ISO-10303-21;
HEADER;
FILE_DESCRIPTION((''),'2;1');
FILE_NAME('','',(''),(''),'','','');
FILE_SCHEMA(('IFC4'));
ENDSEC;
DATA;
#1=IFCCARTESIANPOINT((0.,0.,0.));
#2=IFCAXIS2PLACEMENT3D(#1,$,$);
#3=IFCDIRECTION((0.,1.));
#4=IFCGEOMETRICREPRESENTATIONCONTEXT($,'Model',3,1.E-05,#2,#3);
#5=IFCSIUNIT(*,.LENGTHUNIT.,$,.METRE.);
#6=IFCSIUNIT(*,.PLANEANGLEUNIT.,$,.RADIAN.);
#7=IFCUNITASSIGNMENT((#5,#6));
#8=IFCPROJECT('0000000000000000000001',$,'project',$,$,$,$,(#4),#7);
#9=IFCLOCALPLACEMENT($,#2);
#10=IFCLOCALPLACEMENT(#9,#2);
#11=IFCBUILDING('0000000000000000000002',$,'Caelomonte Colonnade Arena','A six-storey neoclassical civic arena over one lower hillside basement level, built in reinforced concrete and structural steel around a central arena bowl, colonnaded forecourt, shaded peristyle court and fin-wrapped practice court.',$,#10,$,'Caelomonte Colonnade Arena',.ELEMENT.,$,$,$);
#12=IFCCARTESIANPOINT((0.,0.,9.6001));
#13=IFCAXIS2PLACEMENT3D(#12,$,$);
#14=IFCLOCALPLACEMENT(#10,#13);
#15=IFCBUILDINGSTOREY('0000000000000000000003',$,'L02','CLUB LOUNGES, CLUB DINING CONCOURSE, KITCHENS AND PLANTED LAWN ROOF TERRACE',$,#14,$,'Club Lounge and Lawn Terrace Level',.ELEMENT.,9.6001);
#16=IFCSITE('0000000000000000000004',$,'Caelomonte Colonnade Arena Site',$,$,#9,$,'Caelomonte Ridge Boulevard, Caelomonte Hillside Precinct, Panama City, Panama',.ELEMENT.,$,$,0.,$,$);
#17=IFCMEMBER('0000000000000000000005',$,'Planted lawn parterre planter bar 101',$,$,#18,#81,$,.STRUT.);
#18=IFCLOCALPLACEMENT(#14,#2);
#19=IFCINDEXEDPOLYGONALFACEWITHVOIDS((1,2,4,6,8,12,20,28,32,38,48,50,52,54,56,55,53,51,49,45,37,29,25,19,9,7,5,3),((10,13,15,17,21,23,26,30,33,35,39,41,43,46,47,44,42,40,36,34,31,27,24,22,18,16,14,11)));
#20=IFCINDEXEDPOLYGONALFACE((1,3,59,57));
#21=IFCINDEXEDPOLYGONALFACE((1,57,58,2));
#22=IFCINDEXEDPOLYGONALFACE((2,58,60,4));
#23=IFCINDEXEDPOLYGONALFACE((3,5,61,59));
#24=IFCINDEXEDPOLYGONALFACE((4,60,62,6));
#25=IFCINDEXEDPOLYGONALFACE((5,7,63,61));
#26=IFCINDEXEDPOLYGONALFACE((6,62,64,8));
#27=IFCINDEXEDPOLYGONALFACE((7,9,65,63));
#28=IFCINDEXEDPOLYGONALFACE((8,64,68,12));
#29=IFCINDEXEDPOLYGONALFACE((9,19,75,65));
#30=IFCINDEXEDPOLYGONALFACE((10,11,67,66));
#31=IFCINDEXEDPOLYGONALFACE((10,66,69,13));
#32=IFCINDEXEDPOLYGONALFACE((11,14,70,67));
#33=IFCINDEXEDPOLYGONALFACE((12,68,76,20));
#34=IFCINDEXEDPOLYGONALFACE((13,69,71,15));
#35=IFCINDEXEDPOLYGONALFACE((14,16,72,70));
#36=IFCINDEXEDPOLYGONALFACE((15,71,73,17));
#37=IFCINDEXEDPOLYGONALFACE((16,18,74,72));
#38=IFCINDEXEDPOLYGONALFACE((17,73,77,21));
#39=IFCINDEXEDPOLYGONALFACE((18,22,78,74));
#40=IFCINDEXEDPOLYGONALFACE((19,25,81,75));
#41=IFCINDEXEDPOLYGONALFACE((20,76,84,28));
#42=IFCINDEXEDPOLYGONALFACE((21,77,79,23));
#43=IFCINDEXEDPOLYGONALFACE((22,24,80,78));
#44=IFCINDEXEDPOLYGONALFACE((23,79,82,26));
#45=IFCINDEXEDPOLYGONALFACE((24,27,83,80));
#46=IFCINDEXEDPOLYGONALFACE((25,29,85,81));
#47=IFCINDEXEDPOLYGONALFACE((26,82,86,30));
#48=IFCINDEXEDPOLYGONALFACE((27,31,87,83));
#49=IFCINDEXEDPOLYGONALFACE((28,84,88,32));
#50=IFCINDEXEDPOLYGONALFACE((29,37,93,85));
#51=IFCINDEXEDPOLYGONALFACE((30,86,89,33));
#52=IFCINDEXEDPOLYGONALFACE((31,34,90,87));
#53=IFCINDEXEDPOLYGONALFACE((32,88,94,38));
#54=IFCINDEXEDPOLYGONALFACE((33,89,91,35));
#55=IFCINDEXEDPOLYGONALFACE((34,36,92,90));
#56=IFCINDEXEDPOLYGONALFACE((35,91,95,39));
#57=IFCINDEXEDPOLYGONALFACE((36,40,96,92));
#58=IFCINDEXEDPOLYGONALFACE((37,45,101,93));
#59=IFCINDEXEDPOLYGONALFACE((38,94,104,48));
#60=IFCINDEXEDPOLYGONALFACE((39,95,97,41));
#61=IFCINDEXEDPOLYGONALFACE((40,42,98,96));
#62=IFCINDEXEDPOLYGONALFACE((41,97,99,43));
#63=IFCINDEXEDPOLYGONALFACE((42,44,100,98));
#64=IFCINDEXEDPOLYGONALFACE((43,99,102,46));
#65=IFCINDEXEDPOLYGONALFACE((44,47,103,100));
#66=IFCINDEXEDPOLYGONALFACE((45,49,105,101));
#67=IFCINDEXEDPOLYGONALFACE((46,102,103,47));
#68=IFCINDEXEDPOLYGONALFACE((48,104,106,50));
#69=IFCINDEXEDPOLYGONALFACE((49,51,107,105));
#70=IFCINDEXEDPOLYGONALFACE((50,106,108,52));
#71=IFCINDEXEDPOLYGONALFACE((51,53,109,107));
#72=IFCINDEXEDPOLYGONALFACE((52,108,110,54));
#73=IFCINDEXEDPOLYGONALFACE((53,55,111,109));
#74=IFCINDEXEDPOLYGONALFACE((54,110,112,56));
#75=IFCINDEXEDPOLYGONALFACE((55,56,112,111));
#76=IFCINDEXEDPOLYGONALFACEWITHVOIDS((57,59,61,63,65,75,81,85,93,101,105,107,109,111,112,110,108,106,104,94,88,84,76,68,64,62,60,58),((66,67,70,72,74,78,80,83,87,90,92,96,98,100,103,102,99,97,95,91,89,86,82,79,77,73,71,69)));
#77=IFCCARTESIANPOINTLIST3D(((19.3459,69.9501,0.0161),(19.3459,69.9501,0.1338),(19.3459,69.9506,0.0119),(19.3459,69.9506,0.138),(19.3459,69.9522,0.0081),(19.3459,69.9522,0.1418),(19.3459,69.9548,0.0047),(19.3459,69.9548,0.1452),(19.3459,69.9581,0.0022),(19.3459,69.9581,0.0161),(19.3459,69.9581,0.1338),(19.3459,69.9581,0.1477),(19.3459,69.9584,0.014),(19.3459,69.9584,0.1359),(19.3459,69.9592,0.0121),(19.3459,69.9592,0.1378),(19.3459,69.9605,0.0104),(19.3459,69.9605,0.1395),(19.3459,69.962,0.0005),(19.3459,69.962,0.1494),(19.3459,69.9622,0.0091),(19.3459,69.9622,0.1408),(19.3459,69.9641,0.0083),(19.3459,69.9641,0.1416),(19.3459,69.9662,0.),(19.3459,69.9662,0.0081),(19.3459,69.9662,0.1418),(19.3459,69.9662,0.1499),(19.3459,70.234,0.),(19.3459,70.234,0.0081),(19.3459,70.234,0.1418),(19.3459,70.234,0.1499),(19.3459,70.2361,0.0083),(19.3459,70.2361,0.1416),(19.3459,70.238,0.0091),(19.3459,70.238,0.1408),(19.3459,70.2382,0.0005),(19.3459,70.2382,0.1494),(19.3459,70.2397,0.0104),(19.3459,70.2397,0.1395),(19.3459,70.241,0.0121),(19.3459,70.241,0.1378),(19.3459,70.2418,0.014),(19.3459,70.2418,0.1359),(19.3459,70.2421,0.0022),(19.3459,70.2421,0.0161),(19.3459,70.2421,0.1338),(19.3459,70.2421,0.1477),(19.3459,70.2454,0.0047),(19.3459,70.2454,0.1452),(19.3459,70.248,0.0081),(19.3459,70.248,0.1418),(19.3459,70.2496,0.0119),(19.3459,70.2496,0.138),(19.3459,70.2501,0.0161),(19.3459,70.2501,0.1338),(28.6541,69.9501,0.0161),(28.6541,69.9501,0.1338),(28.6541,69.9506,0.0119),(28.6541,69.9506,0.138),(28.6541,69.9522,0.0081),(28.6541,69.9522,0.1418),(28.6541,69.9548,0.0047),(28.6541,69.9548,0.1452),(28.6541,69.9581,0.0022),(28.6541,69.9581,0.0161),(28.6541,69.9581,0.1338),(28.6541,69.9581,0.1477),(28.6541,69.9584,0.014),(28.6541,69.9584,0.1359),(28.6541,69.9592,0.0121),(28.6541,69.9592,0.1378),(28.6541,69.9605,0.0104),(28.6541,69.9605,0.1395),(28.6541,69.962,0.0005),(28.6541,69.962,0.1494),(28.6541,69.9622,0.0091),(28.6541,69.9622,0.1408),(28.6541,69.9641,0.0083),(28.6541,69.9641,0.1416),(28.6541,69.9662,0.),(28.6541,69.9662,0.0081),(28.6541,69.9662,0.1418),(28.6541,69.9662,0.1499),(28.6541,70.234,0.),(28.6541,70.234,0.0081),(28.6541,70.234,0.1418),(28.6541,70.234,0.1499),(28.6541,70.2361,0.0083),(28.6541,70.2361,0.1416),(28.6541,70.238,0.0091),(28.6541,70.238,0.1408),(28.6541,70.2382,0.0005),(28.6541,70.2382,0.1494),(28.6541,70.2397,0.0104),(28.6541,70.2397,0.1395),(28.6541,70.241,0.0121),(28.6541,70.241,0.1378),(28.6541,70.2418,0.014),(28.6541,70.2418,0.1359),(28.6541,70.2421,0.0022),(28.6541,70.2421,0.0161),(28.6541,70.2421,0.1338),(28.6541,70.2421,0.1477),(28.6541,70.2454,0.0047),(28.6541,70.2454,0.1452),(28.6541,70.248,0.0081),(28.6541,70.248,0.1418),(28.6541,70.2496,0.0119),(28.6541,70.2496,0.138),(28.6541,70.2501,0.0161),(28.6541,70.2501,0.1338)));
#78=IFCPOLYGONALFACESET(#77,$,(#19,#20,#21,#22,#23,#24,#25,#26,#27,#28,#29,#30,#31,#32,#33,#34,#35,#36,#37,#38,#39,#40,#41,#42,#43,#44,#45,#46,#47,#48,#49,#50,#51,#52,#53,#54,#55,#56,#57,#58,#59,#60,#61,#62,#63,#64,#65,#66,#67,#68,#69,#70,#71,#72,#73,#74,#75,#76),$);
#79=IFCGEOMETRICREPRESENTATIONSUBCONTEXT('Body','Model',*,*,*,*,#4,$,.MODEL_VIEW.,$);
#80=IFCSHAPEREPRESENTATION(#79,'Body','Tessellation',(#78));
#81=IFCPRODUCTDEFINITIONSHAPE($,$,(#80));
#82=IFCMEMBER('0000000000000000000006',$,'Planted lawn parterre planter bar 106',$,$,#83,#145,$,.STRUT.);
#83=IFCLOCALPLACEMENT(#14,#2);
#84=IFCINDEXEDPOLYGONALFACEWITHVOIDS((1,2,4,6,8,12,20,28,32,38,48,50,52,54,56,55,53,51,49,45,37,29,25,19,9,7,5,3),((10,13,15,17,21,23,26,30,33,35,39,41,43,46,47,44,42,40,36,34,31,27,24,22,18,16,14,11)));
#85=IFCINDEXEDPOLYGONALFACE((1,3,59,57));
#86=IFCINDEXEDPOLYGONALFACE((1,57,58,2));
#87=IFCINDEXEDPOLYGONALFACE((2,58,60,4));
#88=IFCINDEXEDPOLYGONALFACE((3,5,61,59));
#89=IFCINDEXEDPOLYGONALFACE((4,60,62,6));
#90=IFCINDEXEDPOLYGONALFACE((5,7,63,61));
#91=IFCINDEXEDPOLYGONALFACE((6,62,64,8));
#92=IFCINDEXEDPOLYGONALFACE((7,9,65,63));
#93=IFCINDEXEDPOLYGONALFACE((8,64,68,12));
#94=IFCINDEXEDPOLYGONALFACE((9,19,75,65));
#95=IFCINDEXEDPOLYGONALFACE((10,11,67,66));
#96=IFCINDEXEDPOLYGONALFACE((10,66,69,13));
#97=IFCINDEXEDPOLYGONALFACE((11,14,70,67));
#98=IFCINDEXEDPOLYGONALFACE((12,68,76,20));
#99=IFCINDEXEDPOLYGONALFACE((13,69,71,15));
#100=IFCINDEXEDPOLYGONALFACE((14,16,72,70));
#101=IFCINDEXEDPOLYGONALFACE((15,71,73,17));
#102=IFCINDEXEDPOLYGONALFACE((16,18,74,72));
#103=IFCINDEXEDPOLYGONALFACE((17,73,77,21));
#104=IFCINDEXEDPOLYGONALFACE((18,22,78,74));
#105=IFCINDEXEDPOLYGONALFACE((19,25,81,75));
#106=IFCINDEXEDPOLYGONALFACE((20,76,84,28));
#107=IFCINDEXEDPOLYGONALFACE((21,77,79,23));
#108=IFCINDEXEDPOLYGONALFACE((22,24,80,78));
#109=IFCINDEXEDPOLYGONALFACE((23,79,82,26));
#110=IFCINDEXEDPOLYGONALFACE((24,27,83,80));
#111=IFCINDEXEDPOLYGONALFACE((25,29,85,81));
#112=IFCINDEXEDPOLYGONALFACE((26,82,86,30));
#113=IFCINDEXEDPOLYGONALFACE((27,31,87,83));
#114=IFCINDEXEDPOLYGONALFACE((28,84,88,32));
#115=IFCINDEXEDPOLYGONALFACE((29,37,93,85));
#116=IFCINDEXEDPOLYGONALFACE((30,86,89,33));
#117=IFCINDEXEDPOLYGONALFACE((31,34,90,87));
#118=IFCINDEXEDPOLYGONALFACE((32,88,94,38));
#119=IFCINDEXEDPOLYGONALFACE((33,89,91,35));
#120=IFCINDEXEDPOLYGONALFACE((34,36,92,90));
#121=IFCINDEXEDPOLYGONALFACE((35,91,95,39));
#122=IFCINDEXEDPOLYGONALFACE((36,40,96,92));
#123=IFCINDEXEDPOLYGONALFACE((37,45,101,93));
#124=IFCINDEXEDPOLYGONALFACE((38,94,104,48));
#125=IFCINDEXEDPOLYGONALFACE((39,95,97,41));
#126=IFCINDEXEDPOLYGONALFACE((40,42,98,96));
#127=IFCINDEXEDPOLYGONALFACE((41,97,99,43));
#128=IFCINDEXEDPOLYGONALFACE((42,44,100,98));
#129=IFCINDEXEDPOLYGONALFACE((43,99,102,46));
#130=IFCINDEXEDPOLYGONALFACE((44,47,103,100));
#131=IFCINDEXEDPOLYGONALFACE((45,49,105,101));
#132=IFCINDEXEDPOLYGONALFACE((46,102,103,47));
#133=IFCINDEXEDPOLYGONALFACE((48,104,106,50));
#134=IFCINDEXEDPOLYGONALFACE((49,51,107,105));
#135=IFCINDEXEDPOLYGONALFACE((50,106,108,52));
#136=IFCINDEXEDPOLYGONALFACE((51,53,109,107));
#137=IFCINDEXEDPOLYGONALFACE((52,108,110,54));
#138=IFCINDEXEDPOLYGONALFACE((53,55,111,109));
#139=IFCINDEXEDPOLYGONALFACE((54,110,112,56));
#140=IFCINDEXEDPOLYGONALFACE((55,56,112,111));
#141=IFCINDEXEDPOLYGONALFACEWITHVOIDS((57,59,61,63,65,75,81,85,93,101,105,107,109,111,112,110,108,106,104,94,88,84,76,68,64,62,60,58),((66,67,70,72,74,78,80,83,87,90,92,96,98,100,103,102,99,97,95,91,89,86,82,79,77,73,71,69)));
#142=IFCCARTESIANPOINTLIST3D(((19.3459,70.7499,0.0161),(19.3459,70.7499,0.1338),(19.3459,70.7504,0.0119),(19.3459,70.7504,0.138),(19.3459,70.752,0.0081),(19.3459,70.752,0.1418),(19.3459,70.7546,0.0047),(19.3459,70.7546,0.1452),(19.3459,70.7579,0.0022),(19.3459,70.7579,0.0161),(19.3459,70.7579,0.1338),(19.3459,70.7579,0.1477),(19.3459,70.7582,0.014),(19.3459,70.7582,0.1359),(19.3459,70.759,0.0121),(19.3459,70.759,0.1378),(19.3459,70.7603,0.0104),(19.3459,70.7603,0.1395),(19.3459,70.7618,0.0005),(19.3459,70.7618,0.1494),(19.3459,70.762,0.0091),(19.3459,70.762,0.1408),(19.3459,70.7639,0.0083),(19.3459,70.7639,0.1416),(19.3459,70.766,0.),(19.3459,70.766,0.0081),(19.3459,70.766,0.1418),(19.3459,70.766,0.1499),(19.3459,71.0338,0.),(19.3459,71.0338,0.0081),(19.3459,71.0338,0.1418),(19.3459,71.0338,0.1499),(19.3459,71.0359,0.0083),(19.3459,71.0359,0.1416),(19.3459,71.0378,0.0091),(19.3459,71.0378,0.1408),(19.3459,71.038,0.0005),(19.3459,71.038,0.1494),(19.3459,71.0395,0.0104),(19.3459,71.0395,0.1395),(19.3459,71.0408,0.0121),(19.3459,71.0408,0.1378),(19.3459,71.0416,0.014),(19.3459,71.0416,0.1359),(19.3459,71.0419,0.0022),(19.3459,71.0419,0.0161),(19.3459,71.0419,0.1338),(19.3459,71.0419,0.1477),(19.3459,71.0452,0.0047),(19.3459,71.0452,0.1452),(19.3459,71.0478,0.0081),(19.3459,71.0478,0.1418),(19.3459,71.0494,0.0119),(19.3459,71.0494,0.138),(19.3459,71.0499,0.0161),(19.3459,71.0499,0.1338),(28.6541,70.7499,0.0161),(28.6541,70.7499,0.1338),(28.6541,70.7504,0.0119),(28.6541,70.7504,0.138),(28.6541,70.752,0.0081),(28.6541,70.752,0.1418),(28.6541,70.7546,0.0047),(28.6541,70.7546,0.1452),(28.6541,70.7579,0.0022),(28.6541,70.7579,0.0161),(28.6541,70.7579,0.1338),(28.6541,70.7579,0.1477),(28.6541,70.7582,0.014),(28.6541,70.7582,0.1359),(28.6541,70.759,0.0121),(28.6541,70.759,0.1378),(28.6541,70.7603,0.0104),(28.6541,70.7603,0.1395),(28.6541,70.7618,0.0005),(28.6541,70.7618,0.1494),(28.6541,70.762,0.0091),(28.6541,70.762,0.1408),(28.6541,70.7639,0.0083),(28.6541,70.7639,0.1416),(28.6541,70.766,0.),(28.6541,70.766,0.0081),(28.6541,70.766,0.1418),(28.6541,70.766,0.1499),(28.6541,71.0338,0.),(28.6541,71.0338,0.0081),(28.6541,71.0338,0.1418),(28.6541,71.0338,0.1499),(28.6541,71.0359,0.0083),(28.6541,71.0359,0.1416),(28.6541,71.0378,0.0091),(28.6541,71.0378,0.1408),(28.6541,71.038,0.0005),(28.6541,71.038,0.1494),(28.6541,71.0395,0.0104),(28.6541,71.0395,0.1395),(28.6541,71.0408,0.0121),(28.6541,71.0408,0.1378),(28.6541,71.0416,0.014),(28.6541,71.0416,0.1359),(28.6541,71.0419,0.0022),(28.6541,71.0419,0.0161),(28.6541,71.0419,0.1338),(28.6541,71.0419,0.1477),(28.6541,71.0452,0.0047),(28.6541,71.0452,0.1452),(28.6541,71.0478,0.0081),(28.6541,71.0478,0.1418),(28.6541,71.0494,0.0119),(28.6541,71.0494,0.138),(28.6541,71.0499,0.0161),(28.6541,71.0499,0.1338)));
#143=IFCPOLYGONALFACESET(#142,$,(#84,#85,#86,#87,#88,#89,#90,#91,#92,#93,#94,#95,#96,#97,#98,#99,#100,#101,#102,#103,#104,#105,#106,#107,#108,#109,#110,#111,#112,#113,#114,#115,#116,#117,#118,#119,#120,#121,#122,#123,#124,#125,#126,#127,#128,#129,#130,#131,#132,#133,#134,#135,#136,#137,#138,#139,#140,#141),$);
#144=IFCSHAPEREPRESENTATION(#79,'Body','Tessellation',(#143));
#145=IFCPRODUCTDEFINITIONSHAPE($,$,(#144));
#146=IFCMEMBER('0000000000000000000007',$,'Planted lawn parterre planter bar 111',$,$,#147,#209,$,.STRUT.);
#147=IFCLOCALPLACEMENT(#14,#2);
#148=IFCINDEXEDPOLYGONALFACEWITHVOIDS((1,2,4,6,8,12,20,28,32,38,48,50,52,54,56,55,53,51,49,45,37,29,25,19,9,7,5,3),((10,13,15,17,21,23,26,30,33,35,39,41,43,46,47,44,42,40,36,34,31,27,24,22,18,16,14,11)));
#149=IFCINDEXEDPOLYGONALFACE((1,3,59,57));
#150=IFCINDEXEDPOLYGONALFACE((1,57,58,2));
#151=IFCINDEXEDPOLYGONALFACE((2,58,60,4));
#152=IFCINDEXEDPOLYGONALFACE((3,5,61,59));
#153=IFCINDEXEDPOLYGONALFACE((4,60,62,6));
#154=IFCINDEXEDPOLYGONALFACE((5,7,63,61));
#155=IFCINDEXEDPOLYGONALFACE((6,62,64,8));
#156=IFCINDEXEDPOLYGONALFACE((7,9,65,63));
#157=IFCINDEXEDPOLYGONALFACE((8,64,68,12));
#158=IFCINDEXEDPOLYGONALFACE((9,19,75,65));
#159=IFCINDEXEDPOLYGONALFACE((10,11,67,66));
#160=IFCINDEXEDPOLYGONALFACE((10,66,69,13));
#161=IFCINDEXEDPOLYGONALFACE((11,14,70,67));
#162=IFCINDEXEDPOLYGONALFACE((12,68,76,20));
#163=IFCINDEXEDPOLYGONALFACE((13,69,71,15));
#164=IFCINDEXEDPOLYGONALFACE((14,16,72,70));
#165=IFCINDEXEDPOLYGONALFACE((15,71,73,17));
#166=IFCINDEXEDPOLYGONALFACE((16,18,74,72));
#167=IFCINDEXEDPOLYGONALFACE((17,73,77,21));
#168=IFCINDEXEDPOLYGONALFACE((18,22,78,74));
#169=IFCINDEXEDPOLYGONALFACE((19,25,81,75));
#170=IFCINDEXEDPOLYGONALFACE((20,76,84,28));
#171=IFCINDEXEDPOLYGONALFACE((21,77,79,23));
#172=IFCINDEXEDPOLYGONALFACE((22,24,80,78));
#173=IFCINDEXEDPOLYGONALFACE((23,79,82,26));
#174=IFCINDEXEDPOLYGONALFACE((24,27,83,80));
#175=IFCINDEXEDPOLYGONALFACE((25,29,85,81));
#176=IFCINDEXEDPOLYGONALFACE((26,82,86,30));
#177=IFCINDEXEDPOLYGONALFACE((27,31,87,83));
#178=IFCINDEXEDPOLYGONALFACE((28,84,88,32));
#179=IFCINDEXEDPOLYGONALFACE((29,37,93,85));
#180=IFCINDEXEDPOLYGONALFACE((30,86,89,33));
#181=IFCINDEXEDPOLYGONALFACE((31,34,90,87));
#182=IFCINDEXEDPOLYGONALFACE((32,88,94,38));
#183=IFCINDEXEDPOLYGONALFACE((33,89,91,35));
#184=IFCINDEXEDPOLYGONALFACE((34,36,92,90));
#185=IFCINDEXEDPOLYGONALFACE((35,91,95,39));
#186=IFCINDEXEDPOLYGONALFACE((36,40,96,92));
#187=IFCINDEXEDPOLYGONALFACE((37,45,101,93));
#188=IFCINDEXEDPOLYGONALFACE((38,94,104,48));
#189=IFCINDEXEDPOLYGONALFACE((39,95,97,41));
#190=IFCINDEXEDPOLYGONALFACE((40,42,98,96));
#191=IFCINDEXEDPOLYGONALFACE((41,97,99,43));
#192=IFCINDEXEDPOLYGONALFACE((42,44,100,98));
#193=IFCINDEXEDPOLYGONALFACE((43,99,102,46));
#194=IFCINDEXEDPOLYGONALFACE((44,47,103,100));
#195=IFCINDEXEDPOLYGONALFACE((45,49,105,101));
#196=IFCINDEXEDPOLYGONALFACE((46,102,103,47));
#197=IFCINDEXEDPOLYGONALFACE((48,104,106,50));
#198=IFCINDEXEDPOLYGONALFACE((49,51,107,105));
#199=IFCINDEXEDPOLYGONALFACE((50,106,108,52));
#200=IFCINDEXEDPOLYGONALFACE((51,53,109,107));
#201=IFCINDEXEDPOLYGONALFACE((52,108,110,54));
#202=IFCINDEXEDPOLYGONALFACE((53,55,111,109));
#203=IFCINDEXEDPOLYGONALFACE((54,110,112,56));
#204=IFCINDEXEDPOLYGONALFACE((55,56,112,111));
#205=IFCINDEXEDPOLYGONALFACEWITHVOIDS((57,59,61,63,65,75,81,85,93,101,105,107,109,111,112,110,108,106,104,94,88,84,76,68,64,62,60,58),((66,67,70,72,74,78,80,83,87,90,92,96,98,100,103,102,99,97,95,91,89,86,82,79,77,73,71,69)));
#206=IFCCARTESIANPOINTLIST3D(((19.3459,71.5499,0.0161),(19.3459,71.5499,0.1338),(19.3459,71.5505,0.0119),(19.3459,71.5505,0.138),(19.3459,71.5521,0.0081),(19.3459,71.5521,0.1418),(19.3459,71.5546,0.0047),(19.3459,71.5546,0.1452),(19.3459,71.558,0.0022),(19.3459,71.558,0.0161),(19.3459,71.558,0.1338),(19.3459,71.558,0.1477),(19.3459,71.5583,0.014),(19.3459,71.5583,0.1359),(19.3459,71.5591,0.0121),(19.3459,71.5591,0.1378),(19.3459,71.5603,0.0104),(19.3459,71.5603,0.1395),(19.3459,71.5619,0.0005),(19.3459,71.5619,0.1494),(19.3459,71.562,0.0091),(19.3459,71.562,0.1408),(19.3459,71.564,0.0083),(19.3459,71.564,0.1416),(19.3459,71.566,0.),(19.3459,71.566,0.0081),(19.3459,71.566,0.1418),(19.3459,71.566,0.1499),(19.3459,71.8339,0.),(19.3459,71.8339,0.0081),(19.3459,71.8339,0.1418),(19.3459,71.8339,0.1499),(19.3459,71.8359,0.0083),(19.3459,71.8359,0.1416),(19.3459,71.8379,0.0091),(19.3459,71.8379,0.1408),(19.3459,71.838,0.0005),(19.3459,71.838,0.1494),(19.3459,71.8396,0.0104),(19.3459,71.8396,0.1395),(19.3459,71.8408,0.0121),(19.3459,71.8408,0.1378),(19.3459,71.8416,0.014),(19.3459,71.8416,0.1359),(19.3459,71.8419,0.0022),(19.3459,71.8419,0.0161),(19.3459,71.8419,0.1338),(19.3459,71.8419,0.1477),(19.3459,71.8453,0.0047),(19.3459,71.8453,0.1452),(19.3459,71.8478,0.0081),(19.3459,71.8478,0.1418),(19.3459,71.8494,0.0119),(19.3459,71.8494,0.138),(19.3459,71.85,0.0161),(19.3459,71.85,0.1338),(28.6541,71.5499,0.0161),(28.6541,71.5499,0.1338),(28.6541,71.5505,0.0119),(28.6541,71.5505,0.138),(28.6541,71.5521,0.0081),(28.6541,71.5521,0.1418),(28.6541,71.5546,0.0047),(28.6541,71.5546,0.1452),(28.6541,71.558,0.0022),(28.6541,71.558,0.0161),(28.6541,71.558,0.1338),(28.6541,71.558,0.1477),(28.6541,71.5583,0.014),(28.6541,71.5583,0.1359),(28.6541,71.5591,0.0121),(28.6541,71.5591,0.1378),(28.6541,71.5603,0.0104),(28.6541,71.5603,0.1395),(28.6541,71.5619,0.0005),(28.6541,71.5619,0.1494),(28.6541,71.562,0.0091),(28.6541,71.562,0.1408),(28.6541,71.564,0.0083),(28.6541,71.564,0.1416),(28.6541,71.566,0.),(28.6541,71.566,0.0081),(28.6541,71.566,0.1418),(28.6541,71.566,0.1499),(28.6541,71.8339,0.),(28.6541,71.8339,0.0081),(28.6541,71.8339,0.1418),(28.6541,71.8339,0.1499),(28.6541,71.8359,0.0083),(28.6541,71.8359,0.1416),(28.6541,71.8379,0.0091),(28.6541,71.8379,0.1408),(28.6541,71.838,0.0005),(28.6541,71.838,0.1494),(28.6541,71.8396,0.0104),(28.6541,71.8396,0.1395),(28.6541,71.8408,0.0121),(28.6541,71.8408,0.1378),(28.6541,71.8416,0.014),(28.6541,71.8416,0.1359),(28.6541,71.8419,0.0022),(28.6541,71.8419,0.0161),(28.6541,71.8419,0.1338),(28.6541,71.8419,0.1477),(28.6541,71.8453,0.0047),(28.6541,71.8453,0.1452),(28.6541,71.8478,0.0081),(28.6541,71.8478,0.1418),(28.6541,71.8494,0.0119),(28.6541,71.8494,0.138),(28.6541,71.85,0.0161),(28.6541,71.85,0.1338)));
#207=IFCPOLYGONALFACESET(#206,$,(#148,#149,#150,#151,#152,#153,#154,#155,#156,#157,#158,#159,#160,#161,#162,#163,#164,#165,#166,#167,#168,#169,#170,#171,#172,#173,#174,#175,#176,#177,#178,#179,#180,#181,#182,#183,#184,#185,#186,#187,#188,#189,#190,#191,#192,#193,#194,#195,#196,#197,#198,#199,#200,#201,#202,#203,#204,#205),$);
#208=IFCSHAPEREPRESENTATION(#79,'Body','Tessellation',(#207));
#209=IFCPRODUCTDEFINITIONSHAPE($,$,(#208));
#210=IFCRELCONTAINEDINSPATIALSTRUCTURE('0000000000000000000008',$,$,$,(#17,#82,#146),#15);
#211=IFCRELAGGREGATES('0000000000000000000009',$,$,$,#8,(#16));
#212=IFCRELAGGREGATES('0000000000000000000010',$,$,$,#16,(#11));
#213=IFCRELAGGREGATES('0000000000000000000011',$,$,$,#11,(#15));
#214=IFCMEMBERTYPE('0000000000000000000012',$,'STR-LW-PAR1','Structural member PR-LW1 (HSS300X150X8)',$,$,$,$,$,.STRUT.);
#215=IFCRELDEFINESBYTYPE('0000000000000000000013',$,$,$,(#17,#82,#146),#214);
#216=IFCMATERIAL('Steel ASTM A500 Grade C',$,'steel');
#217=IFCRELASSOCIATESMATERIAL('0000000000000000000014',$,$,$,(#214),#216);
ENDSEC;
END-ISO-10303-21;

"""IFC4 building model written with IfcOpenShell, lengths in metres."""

from ifc_helpers import new_model, si_unit, direction, frame, origin, origin_2d, place, context, subcontext, project, spatial, hollow_rectangle, extrude, material, material_profile, profile_set, type_object, element, save


model = new_model("IFC4")

# Units and contexts
model_context = context("Model", 3, precision=1e-05, world=origin(), true_north=direction((0.0, 1.0)))
body_context = subcontext(model_context, "Body", "Model", "MODEL_VIEW")
ifc_project = project(units=[si_unit("LENGTHUNIT", "METRE"), si_unit("PLANEANGLEUNIT", "RADIAN")], contexts=[model_context])

# Site, building, storey
site_placement = place(None, origin())
site = spatial("IfcSite", under=ifc_project, at=site_placement, Name="Caelomonte Colonnade Arena Site", LongName="Caelomonte Ridge Boulevard, Caelomonte Hillside Precinct, Panama City, Panama", CompositionType="ELEMENT", RefElevation=0.0)
building_placement = place(site_placement, origin())
building = spatial("IfcBuilding", under=site, at=building_placement, Name="Caelomonte Colonnade Arena", Description="A six-storey neoclassical civic arena over one lower hillside basement level, built in reinforced concrete and structural steel around a central arena bowl, colonnaded forecourt, shaded peristyle court and fin-wrapped practice court.", LongName="Caelomonte Colonnade Arena", CompositionType="ELEMENT")
storey_placement = place(building_placement, frame((0.0, 0.0, 9.6001)))
storey = spatial("IfcBuildingStorey", under=building, at=storey_placement, Name="L02", Description="CLUB LOUNGES, CLUB DINING CONCOURSE, KITCHENS AND PLANTED LAWN ROOF TERRACE", LongName="Club Lounge and Lawn Terrace Level", CompositionType="ELEMENT", Elevation=9.6001)

# Members
ifc_material_1 = material(Name="Steel ASTM A500 Grade C", Category="steel")
ifc_material_profile_1 = material_profile(ifc_material_1, hollow_rectangle(XDim=0.3, YDim=0.1499, WallThickness=0.0081, InnerFilletRadius=0.0081, OuterFilletRadius=0.0161, at=origin_2d()), Name="HSS300X150X8")
ifc_profile_set_1 = profile_set([ifc_material_profile_1], Name="Steel ASTM A500 Grade C")
member_type = type_object("IfcMemberType", Name="STR-LW-PAR1", Description="Structural member PR-LW1 (HSS300X150X8)", PredefinedType="STRUT", material=ifc_profile_set_1)
for number, where, z_axis, x_axis, name in (
    (1, (19.3459, 70.1001, 0.075), (1.0, 0.0, 0.0), (0.0, 1.0, 0.0), "Planted lawn parterre planter bar 101"),
    (2, (19.3459, 70.8999, 0.075), (1.0, 0.0, 0.0), (0.0, 1.0, 0.0), "Planted lawn parterre planter bar 106"),
    (3, (19.3459, 71.7, 0.075), (1.0, 0.0, 0.0), (0.0, 1.0, 0.0), "Planted lawn parterre planter bar 111"),
):
    element("IfcMember", number, at=place(storey_placement, frame(where, z_axis=z_axis, x_axis=x_axis)), inside=storey, type_object=member_type, Name=name, PredefinedType="STRUT", context=body_context, shape_type="SweptSolid", body=[
        extrude(hollow_rectangle(XDim=0.3, YDim=0.1499, WallThickness=0.0081, InnerFilletRadius=0.0081, OuterFilletRadius=0.0161, at=origin_2d()), origin(), (0.0, 0.0, 1.0), 9.3081),
    ])

save(model, "model.ifc")
